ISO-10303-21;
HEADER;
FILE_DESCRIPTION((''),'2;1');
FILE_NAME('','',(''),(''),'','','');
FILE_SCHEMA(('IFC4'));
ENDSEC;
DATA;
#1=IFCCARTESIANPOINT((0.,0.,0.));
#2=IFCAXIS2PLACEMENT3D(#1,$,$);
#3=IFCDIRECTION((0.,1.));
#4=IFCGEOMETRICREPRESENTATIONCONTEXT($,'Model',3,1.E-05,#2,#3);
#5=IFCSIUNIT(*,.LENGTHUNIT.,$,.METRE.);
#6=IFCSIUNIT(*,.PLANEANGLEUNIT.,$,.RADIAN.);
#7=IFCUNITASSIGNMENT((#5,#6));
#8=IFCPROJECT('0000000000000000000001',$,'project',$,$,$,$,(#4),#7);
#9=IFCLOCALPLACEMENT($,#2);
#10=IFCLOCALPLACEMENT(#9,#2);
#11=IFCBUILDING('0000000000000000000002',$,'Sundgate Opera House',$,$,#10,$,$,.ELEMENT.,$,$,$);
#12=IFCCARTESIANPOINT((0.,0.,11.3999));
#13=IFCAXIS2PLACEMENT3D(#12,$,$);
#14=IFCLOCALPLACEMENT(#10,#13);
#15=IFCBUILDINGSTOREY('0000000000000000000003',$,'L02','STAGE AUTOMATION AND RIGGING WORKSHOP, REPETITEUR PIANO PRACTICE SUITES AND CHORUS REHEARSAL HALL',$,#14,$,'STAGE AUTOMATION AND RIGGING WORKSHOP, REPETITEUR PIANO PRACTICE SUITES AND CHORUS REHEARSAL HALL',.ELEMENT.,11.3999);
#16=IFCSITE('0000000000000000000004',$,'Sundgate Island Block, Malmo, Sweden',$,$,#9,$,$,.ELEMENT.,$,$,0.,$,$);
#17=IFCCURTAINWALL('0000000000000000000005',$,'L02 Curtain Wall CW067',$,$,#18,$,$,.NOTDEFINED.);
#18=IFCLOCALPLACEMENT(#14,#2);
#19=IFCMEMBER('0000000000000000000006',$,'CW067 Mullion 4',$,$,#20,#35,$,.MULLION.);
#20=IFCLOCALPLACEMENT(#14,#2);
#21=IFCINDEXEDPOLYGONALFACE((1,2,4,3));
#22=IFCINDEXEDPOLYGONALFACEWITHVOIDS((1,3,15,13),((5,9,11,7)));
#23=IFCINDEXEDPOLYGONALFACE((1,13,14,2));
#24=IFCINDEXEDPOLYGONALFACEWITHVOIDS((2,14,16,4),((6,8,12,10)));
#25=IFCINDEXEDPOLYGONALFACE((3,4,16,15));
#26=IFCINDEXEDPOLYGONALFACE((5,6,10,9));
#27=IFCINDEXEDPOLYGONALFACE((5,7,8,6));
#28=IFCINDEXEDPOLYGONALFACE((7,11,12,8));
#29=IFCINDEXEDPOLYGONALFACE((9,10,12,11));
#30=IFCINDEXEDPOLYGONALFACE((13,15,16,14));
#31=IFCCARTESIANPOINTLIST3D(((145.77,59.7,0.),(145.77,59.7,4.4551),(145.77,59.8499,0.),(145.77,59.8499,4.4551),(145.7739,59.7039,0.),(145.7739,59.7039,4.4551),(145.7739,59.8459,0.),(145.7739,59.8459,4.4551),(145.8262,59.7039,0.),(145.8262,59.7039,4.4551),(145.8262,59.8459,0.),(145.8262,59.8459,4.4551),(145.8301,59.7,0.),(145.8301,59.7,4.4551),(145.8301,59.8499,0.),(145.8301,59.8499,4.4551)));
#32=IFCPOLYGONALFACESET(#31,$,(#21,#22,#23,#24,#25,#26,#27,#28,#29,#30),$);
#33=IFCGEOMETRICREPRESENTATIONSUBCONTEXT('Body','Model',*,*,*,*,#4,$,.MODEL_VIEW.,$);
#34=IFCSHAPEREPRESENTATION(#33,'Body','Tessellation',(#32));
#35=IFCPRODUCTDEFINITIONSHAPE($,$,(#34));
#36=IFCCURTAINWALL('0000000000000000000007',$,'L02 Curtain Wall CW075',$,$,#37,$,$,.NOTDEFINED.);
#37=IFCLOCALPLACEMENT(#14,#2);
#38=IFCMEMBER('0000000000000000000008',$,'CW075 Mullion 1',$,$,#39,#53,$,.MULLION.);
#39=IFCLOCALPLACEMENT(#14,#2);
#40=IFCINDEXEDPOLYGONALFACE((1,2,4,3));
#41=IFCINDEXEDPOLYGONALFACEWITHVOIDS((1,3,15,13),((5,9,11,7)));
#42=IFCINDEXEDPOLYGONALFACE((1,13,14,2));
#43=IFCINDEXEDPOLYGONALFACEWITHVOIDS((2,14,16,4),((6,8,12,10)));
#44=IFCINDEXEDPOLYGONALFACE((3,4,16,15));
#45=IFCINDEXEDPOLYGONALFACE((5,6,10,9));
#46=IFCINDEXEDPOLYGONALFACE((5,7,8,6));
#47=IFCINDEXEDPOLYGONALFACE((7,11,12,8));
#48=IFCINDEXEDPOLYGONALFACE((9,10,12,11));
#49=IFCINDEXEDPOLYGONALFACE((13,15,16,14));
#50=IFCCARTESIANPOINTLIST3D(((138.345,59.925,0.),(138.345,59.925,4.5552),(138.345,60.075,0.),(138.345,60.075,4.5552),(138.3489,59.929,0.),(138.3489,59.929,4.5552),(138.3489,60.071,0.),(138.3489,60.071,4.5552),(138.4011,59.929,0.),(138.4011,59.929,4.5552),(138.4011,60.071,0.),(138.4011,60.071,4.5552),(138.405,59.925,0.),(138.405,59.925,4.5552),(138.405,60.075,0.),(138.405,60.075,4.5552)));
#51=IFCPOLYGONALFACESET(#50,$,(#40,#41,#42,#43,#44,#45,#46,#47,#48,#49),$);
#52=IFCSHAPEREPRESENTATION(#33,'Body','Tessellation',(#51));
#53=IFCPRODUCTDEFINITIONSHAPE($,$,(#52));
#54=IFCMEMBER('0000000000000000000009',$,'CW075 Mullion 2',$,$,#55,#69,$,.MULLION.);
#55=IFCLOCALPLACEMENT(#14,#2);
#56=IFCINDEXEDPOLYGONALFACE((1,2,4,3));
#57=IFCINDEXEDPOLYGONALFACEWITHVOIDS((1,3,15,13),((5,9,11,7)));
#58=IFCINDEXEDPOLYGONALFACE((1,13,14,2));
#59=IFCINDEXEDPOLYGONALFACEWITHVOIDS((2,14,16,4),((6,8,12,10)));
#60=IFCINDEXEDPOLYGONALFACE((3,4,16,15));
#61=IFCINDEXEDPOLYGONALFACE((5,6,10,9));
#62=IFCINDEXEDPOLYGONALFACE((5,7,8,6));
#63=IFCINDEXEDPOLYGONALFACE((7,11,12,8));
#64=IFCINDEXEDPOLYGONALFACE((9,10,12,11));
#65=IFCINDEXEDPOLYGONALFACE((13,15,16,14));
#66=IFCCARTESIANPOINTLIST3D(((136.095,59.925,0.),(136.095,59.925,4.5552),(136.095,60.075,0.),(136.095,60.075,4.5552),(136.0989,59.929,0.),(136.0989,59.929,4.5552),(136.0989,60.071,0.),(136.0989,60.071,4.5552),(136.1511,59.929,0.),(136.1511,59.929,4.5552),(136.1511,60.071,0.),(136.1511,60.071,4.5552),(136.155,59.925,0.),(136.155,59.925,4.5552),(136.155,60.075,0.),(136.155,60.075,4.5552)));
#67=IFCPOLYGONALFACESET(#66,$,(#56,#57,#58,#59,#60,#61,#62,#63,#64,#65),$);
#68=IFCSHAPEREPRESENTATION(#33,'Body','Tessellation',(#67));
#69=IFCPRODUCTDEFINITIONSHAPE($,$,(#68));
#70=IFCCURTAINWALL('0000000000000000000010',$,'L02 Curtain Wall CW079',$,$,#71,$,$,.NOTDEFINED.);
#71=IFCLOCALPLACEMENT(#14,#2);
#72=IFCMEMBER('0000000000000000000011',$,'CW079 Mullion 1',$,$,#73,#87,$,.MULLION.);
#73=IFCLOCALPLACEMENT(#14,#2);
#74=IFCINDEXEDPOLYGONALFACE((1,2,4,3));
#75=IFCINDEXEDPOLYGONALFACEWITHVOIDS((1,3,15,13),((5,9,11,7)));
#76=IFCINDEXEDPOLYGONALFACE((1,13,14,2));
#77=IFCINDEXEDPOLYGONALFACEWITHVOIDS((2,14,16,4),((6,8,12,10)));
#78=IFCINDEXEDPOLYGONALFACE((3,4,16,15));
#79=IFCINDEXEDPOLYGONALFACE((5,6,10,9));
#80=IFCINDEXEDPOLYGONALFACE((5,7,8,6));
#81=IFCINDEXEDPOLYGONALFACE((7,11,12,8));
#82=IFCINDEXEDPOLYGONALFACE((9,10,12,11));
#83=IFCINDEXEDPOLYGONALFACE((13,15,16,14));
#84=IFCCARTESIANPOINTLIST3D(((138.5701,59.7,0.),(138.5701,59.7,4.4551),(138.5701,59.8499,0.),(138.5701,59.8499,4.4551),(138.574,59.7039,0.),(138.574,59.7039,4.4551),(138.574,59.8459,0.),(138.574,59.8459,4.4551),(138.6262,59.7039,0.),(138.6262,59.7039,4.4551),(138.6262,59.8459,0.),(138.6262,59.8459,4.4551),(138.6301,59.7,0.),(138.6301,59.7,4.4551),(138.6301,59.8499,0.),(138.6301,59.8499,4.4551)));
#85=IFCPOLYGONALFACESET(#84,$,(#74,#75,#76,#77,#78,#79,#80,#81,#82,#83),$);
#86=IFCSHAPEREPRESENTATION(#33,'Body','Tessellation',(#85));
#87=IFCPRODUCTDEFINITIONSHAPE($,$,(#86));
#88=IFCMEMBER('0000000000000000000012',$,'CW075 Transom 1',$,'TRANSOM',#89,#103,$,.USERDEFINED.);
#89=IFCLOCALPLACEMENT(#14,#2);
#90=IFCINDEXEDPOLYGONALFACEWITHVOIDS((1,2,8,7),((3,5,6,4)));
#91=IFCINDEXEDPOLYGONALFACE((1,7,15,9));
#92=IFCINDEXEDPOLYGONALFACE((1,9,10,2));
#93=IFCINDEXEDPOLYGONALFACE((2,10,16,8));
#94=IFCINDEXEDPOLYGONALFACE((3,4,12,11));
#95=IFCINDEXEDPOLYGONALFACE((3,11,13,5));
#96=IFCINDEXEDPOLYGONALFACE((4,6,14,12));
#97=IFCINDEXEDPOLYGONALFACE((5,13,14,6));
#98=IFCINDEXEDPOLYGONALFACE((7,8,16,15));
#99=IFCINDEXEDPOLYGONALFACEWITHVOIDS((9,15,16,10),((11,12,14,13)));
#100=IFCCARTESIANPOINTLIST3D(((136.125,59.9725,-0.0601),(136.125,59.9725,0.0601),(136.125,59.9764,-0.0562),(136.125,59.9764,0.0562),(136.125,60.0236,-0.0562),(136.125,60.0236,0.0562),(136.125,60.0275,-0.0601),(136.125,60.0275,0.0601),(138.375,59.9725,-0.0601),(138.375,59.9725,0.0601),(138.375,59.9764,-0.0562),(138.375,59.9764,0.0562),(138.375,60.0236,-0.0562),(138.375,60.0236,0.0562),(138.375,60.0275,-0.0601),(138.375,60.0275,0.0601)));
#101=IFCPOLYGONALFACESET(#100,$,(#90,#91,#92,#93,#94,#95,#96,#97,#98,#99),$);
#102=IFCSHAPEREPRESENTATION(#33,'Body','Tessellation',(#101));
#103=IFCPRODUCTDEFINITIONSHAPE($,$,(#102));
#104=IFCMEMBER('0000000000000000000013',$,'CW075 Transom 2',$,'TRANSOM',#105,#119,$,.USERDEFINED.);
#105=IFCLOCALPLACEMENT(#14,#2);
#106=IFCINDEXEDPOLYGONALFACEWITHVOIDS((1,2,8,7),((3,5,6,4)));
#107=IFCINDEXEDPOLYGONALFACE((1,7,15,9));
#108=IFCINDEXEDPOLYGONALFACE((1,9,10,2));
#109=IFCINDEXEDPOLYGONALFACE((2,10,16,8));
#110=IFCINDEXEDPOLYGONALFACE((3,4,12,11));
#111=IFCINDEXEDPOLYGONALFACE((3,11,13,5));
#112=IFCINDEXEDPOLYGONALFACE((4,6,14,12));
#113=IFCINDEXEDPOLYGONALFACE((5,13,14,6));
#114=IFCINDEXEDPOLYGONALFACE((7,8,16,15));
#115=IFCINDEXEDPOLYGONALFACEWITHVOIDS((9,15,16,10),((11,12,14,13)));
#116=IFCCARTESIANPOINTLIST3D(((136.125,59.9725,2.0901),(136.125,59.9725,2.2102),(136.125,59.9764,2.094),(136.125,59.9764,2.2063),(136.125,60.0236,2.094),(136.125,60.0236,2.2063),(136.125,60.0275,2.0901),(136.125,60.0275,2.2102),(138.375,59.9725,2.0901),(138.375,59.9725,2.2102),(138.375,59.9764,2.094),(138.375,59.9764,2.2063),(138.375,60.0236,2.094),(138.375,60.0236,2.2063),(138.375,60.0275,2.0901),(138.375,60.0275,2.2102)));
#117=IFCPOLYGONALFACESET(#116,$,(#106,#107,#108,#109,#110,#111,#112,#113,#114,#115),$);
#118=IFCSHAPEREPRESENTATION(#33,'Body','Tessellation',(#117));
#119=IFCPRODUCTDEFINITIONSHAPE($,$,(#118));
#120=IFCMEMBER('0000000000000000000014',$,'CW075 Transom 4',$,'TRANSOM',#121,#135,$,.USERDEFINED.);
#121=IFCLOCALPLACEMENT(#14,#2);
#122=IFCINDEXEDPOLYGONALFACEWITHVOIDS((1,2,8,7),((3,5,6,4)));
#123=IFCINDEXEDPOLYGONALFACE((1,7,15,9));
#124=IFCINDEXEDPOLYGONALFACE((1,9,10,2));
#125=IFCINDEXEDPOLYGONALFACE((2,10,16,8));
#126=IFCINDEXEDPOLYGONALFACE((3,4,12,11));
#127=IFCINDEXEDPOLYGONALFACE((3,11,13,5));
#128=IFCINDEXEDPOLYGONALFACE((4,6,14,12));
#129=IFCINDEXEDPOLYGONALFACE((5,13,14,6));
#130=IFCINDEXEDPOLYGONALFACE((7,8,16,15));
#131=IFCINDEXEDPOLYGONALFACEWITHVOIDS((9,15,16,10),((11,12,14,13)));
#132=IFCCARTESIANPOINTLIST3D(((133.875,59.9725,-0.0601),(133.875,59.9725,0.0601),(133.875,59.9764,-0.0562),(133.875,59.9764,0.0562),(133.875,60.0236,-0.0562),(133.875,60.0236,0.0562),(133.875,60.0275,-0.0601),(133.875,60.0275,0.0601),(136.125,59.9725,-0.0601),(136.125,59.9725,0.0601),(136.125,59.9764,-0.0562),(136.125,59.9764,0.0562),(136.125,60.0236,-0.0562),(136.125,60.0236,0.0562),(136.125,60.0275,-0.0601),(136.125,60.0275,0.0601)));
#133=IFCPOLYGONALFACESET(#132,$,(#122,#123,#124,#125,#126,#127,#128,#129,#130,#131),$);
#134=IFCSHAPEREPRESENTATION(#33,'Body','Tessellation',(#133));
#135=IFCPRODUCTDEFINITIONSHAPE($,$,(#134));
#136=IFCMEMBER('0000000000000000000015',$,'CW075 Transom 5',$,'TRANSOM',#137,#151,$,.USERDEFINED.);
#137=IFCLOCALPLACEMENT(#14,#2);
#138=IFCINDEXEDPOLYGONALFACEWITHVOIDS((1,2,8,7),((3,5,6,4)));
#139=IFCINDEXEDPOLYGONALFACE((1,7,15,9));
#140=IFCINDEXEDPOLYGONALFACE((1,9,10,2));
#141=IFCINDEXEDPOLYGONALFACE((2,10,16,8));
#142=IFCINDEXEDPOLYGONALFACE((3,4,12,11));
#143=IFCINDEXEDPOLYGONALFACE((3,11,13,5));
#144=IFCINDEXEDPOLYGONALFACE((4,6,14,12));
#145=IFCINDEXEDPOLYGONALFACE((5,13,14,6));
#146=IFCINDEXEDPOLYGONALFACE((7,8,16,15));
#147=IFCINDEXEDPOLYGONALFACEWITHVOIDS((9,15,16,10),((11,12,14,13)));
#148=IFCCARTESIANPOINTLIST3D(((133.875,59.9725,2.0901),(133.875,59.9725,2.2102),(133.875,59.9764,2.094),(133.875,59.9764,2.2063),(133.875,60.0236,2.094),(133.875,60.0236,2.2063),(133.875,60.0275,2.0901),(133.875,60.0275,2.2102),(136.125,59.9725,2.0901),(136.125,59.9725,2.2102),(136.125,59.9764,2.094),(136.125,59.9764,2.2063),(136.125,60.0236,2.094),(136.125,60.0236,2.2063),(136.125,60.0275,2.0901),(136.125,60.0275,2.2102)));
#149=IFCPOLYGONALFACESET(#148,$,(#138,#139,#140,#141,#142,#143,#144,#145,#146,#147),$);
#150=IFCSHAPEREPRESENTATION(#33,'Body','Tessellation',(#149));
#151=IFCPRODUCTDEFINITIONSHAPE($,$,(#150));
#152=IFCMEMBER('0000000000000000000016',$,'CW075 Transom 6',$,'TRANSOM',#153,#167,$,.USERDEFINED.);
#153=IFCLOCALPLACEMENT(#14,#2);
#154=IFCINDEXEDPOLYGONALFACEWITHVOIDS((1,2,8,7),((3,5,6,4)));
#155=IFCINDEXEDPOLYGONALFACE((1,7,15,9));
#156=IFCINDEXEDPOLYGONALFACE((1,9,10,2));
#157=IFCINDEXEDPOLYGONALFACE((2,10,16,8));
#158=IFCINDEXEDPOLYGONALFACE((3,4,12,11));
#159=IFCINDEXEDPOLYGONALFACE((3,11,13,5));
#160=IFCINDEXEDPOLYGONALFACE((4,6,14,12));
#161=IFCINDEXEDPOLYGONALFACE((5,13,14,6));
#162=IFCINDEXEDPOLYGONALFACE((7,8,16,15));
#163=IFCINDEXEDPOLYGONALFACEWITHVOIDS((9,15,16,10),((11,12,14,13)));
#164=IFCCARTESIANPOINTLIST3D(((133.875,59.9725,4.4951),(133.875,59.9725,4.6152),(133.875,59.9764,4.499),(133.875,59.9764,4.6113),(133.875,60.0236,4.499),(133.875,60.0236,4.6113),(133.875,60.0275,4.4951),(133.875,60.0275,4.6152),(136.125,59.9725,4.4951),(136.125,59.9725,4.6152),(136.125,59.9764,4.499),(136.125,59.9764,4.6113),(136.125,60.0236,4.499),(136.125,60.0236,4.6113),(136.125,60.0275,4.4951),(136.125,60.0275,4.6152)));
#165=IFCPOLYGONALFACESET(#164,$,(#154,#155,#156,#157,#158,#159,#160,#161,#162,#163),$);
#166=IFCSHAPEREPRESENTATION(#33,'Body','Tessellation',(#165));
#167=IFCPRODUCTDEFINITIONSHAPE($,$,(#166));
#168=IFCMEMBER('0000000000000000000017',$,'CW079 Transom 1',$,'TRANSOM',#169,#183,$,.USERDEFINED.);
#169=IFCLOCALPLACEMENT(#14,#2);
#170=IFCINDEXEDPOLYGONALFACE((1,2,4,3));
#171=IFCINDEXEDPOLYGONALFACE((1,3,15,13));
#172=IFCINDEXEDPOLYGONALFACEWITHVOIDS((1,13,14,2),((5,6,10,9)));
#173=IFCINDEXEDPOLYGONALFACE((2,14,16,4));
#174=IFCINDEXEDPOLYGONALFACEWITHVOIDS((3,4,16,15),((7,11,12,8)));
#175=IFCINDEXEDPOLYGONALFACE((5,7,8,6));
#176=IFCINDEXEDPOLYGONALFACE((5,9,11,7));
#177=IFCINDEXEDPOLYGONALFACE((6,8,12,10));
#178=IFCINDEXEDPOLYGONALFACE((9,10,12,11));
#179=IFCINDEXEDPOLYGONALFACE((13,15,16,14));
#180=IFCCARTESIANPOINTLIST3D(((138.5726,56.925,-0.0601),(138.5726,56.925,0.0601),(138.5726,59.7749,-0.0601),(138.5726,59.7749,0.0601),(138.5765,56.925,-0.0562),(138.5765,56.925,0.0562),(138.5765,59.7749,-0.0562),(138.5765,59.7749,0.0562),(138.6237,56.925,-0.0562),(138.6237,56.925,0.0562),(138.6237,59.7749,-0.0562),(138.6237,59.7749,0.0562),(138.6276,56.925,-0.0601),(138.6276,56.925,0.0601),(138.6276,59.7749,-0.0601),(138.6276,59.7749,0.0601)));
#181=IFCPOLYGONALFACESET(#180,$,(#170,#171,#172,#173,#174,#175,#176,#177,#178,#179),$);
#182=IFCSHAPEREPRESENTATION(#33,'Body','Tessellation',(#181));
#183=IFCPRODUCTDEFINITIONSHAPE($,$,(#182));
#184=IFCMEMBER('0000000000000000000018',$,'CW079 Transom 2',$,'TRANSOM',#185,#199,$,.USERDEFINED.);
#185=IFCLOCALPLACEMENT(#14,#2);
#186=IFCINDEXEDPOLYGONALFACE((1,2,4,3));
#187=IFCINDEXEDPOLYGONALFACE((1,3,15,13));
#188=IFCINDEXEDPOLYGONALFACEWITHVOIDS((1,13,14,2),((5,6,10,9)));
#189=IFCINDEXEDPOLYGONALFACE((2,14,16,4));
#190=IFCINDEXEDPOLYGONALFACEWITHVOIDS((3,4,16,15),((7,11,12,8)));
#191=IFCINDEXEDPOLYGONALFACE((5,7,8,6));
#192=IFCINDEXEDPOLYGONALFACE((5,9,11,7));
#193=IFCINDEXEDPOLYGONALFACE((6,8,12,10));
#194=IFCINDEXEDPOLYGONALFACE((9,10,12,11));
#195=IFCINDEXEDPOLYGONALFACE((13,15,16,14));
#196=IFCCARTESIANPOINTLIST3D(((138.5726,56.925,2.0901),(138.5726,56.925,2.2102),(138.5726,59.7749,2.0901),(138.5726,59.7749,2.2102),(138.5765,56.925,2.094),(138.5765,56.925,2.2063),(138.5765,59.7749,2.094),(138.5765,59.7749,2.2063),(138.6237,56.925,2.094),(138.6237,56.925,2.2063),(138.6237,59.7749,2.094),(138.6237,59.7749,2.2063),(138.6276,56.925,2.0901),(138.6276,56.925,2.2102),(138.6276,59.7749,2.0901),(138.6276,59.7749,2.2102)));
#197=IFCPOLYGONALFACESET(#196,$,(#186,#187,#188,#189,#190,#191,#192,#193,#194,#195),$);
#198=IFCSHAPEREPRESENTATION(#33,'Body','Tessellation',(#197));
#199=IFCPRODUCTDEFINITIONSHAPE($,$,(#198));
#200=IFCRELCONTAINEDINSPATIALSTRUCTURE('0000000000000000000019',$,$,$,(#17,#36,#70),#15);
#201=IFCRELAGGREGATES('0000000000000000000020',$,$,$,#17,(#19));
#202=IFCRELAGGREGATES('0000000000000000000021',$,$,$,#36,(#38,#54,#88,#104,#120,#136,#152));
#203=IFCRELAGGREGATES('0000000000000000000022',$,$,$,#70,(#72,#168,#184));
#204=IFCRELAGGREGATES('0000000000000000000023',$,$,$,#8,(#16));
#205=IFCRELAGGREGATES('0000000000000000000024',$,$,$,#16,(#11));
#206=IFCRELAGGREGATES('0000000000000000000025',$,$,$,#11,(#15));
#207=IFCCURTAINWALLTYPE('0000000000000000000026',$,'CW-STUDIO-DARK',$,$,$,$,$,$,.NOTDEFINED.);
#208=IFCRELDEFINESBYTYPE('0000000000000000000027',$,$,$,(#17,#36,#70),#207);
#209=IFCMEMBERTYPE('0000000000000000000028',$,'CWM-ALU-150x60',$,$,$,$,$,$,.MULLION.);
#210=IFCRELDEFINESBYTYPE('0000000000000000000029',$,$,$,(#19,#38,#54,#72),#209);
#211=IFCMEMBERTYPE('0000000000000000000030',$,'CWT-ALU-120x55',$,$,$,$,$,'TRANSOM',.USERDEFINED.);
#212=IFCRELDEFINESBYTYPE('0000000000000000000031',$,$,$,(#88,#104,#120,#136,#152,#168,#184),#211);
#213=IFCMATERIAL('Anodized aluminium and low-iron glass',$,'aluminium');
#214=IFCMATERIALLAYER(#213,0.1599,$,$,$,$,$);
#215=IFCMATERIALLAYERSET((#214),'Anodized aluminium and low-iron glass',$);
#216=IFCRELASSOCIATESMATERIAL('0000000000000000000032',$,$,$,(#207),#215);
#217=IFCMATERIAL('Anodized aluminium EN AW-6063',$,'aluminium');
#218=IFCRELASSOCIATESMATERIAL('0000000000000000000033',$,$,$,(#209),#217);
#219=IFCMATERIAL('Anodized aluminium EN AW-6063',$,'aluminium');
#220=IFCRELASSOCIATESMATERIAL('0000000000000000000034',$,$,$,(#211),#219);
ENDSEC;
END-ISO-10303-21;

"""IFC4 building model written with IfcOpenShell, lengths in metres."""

from ifc_helpers import new_model, si_unit, direction, frame, origin, origin_2d, place, context, subcontext, project, spatial, hollow_rectangle, extrude, material, layer, layer_set, material_profile, profile_set, type_object, element, aggregate, save


model = new_model("IFC4")

# Units and contexts
model_context = context("Model", 3, precision=1e-05, world=origin(), true_north=direction((0.0, 1.0)))
body_context = subcontext(model_context, "Body", "Model", "MODEL_VIEW")
ifc_project = project(units=[si_unit("LENGTHUNIT", "METRE"), si_unit("PLANEANGLEUNIT", "RADIAN")], contexts=[model_context])

# Site, building, storey
site_placement = place(None, origin())
site = spatial("IfcSite", under=ifc_project, at=site_placement, Name="Sundgate Island Block, Malmo, Sweden", CompositionType="ELEMENT", RefElevation=0.0)
building_placement = place(site_placement, origin())
building = spatial("IfcBuilding", under=site, at=building_placement, Name="Sundgate Opera House", CompositionType="ELEMENT")
storey_placement = place(building_placement, frame((0.0, 0.0, 11.3999)))
storey = spatial("IfcBuildingStorey", under=building, at=storey_placement, Name="L02", Description="STAGE AUTOMATION AND RIGGING WORKSHOP, REPETITEUR PIANO PRACTICE SUITES AND CHORUS REHEARSAL HALL", LongName="STAGE AUTOMATION AND RIGGING WORKSHOP, REPETITEUR PIANO PRACTICE SUITES AND CHORUS REHEARSAL HALL", CompositionType="ELEMENT", Elevation=11.3999)

# Curtain wall, member
ifc_material_1 = material(Name="Anodized aluminium and low-iron glass", Category="aluminium")
ifc_layer_1 = layer(ifc_material_1, 0.1599)
ifc_layer_set_1 = layer_set([ifc_layer_1], Name="Anodized aluminium and low-iron glass")
curtain_wall_type = type_object("IfcCurtainWallType", Name="CW-STUDIO-DARK", PredefinedType="NOTDEFINED", material=ifc_layer_set_1)
curtain_wall_1_placement = place(storey_placement, origin())
curtain_wall_1 = element("IfcCurtainWall", 1, at=curtain_wall_1_placement, inside=storey, type_object=curtain_wall_type, Name="L02 Curtain Wall CW067", PredefinedType="NOTDEFINED")
ifc_material_2 = material(Name="Anodized aluminium EN AW-6063", Category="aluminium")
ifc_material_profile_1 = material_profile(ifc_material_2, hollow_rectangle(XDim=0.0601, YDim=0.1499, WallThickness=0.0039, at=origin_2d()), Name="CWM 150x60x4")
ifc_profile_set_1 = profile_set([ifc_material_profile_1], Name="Anodized aluminium EN AW-6063")
member_type_1 = type_object("IfcMemberType", Name="CWM-ALU-150x60", PredefinedType="MULLION", material=ifc_profile_set_1)
member_1_placement = place(storey_placement, frame((145.8, 59.7749, 0.0), z_axis=(0.0, 0.0, 1.0), x_axis=(1.0, 0.0, 0.0)))
member_1 = element("IfcMember", 2, at=member_1_placement, type_object=member_type_1, Name="CW067 Mullion 4", PredefinedType="MULLION", context=body_context, shape_type="SweptSolid", body=[
    extrude(hollow_rectangle(XDim=0.0601, YDim=0.1499, WallThickness=0.0039, at=origin_2d()), origin(), (0.0, 0.0, 1.0), 4.4551),
])

# Curtain wall, members
curtain_wall_2_placement = place(storey_placement, origin())
curtain_wall_2 = element("IfcCurtainWall", 3, at=curtain_wall_2_placement, inside=storey, type_object=curtain_wall_type, Name="L02 Curtain Wall CW075", PredefinedType="NOTDEFINED")
member_2_placement = place(storey_placement, frame((138.375, 60.0, 0.0), z_axis=(0.0, 0.0, 1.0), x_axis=(1.0, 0.0, 0.0)))
member_2 = element("IfcMember", 4, at=member_2_placement, type_object=member_type_1, Name="CW075 Mullion 1", PredefinedType="MULLION", context=body_context, shape_type="SweptSolid", body=[
    extrude(hollow_rectangle(XDim=0.0601, YDim=0.1499, WallThickness=0.0039, at=origin_2d()), origin(), (0.0, 0.0, 1.0), 4.5552),
])
member_3_placement = place(storey_placement, frame((136.125, 60.0, 0.0), z_axis=(0.0, 0.0, 1.0), x_axis=(1.0, 0.0, 0.0)))
member_3 = element("IfcMember", 5, at=member_3_placement, type_object=member_type_1, Name="CW075 Mullion 2", PredefinedType="MULLION", context=body_context, shape_type="SweptSolid", body=[
    extrude(hollow_rectangle(XDim=0.0601, YDim=0.1499, WallThickness=0.0039, at=origin_2d()), origin(), (0.0, 0.0, 1.0), 4.5552),
])

# Curtain wall, member
curtain_wall_3_placement = place(storey_placement, origin())
curtain_wall_3 = element("IfcCurtainWall", 6, at=curtain_wall_3_placement, inside=storey, type_object=curtain_wall_type, Name="L02 Curtain Wall CW079", PredefinedType="NOTDEFINED")
member_4_placement = place(storey_placement, frame((138.6001, 59.7749, 0.0), z_axis=(0.0, 0.0, 1.0), x_axis=(1.0, 0.0, 0.0)))
member_4 = element("IfcMember", 7, at=member_4_placement, type_object=member_type_1, Name="CW079 Mullion 1", PredefinedType="MULLION", context=body_context, shape_type="SweptSolid", body=[
    extrude(hollow_rectangle(XDim=0.0601, YDim=0.1499, WallThickness=0.0039, at=origin_2d()), origin(), (0.0, 0.0, 1.0), 4.4551),
])

# Members
ifc_material_3 = material(Name="Anodized aluminium EN AW-6063", Category="aluminium")
ifc_material_profile_2 = material_profile(ifc_material_3, hollow_rectangle(XDim=0.0549, YDim=0.1201, WallThickness=0.0039, at=origin_2d()), Name="CWT 120x55x4")
ifc_profile_set_2 = profile_set([ifc_material_profile_2], Name="Anodized aluminium EN AW-6063")
member_type_2 = type_object("IfcMemberType", Name="CWT-ALU-120x55", ElementType="TRANSOM", PredefinedType="USERDEFINED", material=ifc_profile_set_2)
member_5_placement = place(storey_placement, frame((138.375, 60.0, 0.0), z_axis=(-1.0, 0.0, 0.0), x_axis=(0.0, -1.0, 0.0)))
member_5 = element("IfcMember", 8, at=member_5_placement, type_object=member_type_2, Name="CW075 Transom 1", ObjectType="TRANSOM", PredefinedType="USERDEFINED", context=body_context, shape_type="SweptSolid", body=[
    extrude(hollow_rectangle(XDim=0.0549, YDim=0.1201, WallThickness=0.0039, at=origin_2d()), origin(), (0.0, 0.0, 1.0), 2.25),
])
member_6_placement = place(storey_placement, frame((138.375, 60.0, 2.1501), z_axis=(-1.0, 0.0, 0.0), x_axis=(0.0, -1.0, 0.0)))
member_6 = element("IfcMember", 9, at=member_6_placement, type_object=member_type_2, Name="CW075 Transom 2", ObjectType="TRANSOM", PredefinedType="USERDEFINED", context=body_context, shape_type="SweptSolid", body=[
    extrude(hollow_rectangle(XDim=0.0549, YDim=0.1201, WallThickness=0.0039, at=origin_2d()), origin(), (0.0, 0.0, 1.0), 2.25),
])
member_7_placement = place(storey_placement, frame((136.125, 60.0, 0.0), z_axis=(-1.0, 0.0, 0.0), x_axis=(0.0, -1.0, 0.0)))
member_7 = element("IfcMember", 10, at=member_7_placement, type_object=member_type_2, Name="CW075 Transom 4", ObjectType="TRANSOM", PredefinedType="USERDEFINED", context=body_context, shape_type="SweptSolid", body=[
    extrude(hollow_rectangle(XDim=0.0549, YDim=0.1201, WallThickness=0.0039, at=origin_2d()), origin(), (0.0, 0.0, 1.0), 2.25),
])
member_8_placement = place(storey_placement, frame((136.125, 60.0, 2.1501), z_axis=(-1.0, 0.0, 0.0), x_axis=(0.0, -1.0, 0.0)))
member_8 = element("IfcMember", 11, at=member_8_placement, type_object=member_type_2, Name="CW075 Transom 5", ObjectType="TRANSOM", PredefinedType="USERDEFINED", context=body_context, shape_type="SweptSolid", body=[
    extrude(hollow_rectangle(XDim=0.0549, YDim=0.1201, WallThickness=0.0039, at=origin_2d()), origin(), (0.0, 0.0, 1.0), 2.25),
])
member_9_placement = place(storey_placement, frame((136.125, 60.0, 4.5552), z_axis=(-1.0, 0.0, 0.0), x_axis=(0.0, -1.0, 0.0)))
member_9 = element("IfcMember", 12, at=member_9_placement, type_object=member_type_2, Name="CW075 Transom 6", ObjectType="TRANSOM", PredefinedType="USERDEFINED", context=body_context, shape_type="SweptSolid", body=[
    extrude(hollow_rectangle(XDim=0.0549, YDim=0.1201, WallThickness=0.0039, at=origin_2d()), origin(), (0.0, 0.0, 1.0), 2.25),
])
member_10_placement = place(storey_placement, frame((138.6001, 59.7749, 0.0), z_axis=(0.0, -1.0, 0.0), x_axis=(1.0, 0.0, 0.0)))
member_10 = element("IfcMember", 13, at=member_10_placement, type_object=member_type_2, Name="CW079 Transom 1", ObjectType="TRANSOM", PredefinedType="USERDEFINED", context=body_context, shape_type="SweptSolid", body=[
    extrude(hollow_rectangle(XDim=0.0549, YDim=0.1201, WallThickness=0.0039, at=origin_2d()), origin(), (0.0, 0.0, 1.0), 2.8499),
])
member_11_placement = place(storey_placement, frame((138.6001, 59.7749, 2.1501), z_axis=(0.0, -1.0, 0.0), x_axis=(1.0, 0.0, 0.0)))
member_11 = element("IfcMember", 14, at=member_11_placement, type_object=member_type_2, Name="CW079 Transom 2", ObjectType="TRANSOM", PredefinedType="USERDEFINED", context=body_context, shape_type="SweptSolid", body=[
    extrude(hollow_rectangle(XDim=0.0549, YDim=0.1201, WallThickness=0.0039, at=origin_2d()), origin(), (0.0, 0.0, 1.0), 2.8499),
])

aggregate(curtain_wall_1, [member_1])
aggregate(curtain_wall_2, [member_2, member_3, member_5, member_6, member_7, member_8, member_9])
aggregate(curtain_wall_3, [member_4, member_10, member_11])

save(model, "model.ifc")
